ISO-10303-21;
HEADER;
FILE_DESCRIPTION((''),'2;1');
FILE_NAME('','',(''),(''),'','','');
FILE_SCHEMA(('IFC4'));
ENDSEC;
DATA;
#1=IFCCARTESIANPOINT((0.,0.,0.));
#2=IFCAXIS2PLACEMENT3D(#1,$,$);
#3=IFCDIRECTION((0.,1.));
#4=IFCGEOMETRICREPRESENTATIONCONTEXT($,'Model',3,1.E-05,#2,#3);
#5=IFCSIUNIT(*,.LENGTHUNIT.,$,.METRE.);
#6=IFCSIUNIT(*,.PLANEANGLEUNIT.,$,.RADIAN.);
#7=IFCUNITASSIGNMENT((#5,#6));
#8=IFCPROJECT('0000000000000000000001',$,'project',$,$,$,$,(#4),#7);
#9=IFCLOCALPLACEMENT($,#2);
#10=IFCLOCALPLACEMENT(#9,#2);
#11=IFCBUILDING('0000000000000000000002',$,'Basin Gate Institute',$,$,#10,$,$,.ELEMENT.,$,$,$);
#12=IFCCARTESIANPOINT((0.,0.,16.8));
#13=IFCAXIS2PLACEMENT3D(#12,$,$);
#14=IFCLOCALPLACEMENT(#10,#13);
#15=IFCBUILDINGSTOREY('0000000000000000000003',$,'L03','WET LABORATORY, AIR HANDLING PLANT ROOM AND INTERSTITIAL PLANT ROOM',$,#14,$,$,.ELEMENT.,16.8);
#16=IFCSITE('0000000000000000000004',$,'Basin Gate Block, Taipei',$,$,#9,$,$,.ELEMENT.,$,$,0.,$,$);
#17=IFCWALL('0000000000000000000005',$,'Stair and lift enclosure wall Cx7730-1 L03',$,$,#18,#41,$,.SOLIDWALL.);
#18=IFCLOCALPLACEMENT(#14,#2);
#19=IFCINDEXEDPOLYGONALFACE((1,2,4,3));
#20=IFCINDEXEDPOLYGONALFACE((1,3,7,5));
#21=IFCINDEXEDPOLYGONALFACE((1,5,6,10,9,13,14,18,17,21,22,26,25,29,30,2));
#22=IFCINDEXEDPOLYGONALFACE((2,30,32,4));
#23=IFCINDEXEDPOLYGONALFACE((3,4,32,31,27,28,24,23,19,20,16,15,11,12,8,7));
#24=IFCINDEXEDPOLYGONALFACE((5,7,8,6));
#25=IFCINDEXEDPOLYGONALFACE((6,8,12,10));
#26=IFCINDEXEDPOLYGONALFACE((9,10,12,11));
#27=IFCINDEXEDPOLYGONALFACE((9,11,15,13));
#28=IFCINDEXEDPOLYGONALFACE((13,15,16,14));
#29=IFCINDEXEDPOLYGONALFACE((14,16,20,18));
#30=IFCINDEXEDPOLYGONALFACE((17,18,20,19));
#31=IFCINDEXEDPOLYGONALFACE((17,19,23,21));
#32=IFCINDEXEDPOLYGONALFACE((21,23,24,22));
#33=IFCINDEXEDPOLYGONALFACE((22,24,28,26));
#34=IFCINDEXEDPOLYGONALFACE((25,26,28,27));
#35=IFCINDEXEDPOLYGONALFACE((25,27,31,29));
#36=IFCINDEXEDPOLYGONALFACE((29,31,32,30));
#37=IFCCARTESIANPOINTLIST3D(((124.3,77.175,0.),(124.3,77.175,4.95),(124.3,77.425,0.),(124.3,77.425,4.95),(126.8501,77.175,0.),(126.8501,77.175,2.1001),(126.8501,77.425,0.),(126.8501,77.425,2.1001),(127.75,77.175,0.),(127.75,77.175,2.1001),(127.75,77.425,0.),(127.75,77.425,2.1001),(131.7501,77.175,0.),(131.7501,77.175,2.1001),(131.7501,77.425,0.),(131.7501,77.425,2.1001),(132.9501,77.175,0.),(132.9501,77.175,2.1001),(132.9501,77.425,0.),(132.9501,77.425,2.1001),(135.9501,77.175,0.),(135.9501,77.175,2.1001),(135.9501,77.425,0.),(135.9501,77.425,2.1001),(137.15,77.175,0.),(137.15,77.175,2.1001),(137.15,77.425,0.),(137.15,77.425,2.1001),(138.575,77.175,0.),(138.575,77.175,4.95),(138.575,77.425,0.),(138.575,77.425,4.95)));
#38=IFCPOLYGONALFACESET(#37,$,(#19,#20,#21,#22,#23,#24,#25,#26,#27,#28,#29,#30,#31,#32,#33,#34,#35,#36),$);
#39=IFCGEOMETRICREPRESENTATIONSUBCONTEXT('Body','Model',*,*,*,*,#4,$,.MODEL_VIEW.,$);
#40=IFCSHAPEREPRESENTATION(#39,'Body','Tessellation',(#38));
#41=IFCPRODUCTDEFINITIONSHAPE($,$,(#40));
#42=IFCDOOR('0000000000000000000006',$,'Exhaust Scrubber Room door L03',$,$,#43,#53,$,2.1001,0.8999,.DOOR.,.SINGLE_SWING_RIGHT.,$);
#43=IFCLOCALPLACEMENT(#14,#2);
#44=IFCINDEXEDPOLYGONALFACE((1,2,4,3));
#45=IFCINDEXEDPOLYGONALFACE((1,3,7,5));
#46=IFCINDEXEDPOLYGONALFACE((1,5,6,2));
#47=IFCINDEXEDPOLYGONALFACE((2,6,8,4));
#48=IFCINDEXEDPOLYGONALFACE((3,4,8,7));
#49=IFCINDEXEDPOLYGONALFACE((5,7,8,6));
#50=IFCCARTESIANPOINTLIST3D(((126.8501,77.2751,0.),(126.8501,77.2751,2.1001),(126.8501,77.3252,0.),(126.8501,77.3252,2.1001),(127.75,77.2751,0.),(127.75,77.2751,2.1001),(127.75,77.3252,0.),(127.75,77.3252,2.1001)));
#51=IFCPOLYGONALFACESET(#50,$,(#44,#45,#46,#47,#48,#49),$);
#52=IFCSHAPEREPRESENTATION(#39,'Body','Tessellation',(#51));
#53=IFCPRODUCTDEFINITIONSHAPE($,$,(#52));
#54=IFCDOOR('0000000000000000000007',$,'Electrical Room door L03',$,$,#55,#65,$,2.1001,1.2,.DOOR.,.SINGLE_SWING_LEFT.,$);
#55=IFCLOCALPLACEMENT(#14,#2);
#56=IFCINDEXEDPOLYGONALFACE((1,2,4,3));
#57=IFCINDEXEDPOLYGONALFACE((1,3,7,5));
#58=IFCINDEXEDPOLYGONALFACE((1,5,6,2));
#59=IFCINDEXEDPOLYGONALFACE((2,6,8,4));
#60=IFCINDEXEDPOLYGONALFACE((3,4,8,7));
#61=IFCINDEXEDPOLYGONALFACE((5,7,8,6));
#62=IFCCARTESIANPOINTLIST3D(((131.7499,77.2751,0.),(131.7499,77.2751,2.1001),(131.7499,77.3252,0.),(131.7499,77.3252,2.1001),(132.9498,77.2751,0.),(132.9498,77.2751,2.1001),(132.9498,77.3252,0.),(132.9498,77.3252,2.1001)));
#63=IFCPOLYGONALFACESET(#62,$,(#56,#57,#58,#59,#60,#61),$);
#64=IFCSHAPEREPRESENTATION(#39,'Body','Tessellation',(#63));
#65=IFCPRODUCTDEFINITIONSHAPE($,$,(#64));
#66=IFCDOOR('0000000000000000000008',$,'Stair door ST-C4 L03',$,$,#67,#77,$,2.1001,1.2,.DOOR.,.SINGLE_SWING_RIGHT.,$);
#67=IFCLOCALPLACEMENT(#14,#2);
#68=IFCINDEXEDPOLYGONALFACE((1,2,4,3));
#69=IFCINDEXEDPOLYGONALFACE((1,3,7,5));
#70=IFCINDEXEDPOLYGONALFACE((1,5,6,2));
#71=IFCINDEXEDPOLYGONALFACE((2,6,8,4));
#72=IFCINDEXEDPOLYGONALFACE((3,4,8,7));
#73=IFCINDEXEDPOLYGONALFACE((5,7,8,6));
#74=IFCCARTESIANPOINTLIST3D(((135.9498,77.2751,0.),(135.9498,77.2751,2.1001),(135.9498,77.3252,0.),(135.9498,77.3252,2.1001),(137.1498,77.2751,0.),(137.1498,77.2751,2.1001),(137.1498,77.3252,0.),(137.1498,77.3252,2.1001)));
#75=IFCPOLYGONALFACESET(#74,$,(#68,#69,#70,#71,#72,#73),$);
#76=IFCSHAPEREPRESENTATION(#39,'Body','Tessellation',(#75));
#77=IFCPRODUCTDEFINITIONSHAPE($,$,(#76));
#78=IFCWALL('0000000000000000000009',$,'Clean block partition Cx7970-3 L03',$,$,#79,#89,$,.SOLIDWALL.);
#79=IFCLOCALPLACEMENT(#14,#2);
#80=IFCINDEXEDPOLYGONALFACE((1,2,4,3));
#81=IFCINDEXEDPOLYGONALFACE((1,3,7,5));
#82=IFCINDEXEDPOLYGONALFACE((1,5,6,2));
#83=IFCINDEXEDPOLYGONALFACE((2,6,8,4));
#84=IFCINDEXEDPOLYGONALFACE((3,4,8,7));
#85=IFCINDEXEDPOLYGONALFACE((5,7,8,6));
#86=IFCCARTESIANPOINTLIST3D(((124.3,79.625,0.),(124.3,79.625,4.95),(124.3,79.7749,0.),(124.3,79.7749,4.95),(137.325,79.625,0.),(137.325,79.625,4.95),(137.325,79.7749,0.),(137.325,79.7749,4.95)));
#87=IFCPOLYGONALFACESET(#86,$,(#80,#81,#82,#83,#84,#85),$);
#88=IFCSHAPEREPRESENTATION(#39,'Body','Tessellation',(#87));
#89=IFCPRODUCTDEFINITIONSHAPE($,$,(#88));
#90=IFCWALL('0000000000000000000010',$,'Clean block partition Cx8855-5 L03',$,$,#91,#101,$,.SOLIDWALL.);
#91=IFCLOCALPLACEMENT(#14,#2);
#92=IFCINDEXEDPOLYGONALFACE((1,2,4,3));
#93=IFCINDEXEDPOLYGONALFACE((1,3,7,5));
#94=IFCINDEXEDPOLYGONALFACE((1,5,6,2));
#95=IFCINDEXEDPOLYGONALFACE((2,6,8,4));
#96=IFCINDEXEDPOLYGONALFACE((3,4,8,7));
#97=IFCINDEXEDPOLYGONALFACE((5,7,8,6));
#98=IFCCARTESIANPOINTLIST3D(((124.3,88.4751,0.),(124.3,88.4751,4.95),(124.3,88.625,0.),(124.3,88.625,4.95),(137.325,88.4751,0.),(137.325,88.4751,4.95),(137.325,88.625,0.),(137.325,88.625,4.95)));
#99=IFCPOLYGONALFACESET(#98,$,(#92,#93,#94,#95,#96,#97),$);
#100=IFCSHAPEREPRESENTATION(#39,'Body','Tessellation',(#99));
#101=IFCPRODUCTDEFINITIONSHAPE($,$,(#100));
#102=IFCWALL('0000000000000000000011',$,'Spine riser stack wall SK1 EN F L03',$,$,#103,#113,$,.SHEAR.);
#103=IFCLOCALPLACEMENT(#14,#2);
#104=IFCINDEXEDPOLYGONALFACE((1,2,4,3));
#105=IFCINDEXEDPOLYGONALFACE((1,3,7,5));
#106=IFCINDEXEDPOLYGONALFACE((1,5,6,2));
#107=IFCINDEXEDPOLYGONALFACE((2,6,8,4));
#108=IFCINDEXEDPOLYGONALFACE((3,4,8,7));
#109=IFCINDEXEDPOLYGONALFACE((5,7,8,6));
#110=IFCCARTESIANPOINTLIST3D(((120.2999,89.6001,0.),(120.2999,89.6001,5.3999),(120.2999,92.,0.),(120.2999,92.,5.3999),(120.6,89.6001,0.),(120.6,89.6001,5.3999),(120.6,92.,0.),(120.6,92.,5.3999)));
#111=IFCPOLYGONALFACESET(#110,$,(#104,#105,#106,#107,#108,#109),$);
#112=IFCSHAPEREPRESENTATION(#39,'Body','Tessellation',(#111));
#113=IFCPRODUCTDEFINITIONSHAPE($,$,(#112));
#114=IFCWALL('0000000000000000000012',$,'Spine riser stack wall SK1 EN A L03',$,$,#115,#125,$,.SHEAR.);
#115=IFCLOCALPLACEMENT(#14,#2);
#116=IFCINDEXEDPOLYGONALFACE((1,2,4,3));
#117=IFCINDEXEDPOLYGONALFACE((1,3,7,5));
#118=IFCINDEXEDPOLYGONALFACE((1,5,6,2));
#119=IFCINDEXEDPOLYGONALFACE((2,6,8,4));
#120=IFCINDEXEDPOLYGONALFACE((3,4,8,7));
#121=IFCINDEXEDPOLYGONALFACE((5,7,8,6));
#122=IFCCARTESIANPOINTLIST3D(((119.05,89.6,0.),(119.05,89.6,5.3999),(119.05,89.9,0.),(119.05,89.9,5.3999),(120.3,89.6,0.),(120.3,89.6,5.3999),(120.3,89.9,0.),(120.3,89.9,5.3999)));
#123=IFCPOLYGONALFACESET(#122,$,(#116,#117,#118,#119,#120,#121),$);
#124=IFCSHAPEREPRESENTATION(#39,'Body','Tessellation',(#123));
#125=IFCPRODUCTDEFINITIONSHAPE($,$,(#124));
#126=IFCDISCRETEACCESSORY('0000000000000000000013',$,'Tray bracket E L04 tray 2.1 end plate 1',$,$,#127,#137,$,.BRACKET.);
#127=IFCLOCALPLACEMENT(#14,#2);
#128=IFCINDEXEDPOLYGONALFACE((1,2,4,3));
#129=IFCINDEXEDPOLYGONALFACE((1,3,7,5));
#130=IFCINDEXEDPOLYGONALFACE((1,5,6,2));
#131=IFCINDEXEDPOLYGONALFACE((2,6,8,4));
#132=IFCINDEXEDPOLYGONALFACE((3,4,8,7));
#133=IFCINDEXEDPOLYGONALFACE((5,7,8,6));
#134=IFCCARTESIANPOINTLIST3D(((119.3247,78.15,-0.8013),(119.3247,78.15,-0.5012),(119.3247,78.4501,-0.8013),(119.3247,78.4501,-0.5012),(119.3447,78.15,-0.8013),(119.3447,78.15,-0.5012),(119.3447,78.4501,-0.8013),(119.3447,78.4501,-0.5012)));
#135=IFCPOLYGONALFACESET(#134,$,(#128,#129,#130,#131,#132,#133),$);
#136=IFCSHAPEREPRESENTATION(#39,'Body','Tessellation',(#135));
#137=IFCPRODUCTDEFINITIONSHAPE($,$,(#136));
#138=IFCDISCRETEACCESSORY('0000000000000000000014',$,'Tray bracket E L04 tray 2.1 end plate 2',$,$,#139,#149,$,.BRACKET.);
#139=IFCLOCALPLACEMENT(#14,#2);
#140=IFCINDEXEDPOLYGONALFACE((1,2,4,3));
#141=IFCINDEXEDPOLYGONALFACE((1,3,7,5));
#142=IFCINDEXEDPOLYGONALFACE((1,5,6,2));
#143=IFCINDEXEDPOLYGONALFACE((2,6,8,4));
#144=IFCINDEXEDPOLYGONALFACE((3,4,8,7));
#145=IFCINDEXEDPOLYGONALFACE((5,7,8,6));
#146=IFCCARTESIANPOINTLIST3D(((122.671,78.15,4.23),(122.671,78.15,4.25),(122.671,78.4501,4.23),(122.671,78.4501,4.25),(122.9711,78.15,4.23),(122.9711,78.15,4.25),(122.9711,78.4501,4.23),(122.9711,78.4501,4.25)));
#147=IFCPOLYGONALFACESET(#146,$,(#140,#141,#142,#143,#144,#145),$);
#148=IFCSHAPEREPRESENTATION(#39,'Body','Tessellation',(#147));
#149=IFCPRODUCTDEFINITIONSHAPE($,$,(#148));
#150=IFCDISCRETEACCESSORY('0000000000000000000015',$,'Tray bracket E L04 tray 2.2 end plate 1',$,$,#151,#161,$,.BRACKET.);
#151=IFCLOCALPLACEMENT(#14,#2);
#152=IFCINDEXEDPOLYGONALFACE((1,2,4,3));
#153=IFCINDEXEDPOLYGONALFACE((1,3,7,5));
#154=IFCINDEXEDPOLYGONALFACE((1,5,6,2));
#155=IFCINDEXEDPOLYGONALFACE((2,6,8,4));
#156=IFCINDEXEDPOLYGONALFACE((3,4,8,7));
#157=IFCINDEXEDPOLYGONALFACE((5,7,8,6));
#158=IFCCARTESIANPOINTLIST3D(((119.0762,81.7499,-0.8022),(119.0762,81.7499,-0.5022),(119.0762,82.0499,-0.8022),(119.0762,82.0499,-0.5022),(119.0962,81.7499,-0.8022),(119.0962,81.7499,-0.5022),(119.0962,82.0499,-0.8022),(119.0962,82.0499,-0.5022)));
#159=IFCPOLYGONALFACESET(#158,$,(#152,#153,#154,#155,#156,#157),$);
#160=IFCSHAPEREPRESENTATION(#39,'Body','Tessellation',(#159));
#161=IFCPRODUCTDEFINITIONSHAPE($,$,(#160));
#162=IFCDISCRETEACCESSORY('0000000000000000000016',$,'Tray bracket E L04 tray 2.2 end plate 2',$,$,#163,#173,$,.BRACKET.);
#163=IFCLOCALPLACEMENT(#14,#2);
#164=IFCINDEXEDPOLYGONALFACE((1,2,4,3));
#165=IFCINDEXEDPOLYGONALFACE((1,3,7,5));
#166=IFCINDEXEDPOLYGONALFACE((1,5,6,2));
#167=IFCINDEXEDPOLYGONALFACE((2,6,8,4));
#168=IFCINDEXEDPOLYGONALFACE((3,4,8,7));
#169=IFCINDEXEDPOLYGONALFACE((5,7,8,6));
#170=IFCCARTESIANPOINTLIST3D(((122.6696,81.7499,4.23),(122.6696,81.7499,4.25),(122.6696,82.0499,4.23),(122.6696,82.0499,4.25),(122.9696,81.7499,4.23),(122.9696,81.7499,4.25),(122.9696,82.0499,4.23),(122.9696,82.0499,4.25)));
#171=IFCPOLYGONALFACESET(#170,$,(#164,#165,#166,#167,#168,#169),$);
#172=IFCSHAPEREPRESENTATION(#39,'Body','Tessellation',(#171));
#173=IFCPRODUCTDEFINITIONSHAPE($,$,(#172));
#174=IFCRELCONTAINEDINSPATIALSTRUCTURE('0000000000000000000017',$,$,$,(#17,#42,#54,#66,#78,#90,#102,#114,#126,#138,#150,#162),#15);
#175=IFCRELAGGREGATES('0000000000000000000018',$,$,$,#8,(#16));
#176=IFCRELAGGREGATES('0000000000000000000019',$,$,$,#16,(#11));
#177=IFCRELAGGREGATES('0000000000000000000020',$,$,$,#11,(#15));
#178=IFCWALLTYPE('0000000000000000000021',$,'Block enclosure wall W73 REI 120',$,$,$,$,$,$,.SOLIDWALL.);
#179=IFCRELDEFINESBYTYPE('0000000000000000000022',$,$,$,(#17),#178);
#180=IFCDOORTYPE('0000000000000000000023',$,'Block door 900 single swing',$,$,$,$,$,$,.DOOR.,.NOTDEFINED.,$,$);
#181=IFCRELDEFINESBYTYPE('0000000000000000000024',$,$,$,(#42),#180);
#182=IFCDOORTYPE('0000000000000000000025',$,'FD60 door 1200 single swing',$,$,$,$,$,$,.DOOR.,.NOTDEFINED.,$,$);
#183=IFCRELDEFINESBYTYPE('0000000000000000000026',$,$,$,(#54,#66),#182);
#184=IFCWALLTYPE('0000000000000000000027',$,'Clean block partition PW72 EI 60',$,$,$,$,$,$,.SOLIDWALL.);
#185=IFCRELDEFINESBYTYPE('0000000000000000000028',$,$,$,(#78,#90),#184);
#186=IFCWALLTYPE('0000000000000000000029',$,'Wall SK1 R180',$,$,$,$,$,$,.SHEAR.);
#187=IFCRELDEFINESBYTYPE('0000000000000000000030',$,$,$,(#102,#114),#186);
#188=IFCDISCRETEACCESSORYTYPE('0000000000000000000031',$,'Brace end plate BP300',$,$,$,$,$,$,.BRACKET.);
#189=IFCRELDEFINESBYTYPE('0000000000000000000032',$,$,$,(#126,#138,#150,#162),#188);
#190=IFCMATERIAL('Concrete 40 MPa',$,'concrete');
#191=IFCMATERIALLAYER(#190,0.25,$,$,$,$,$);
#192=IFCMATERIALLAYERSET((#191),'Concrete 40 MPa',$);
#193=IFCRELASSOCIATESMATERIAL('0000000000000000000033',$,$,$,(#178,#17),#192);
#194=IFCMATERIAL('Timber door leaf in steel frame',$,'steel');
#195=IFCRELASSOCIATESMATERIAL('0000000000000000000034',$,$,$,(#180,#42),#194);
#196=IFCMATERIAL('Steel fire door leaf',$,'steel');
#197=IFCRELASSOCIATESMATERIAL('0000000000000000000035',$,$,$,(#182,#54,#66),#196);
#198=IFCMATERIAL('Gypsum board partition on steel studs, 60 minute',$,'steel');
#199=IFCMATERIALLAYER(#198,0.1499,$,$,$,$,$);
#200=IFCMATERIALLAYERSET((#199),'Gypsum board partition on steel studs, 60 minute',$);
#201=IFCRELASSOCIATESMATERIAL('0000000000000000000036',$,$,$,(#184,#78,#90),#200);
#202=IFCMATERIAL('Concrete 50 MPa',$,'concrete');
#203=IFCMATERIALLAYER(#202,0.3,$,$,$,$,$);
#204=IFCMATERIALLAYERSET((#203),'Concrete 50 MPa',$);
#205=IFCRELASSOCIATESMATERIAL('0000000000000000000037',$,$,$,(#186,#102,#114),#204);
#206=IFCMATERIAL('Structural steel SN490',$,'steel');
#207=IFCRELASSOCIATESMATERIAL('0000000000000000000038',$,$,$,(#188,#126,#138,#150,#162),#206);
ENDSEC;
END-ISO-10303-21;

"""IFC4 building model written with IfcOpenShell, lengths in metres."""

from ifc_helpers import new_model, si_unit, direction, frame, frame_2d, origin, origin_2d, place, context, subcontext, project, spatial, rectangle, extrude, material, layer, layer_set, type_object, element, fill, save


model = new_model("IFC4")

# Units and contexts
model_context = context("Model", 3, precision=1e-05, world=origin(), true_north=direction((0.0, 1.0)))
body_context = subcontext(model_context, "Body", "Model", "MODEL_VIEW")
ifc_project = project(units=[si_unit("LENGTHUNIT", "METRE"), si_unit("PLANEANGLEUNIT", "RADIAN")], contexts=[model_context])

# Site, building, storey
site_placement = place(None, origin())
site = spatial("IfcSite", under=ifc_project, at=site_placement, Name="Basin Gate Block, Taipei", CompositionType="ELEMENT", RefElevation=0.0)
building_placement = place(site_placement, origin())
building = spatial("IfcBuilding", under=site, at=building_placement, Name="Basin Gate Institute", CompositionType="ELEMENT")
storey_placement = place(building_placement, frame((0.0, 0.0, 16.8)))
storey = spatial("IfcBuildingStorey", under=building, at=storey_placement, Name="L03", Description="WET LABORATORY, AIR HANDLING PLANT ROOM AND INTERSTITIAL PLANT ROOM", CompositionType="ELEMENT", Elevation=16.8)

# Wall, openings, doors
ifc_material_1 = material(Name="Concrete 40 MPa", Category="concrete")
ifc_layer_1 = layer(ifc_material_1, 0.25)
ifc_layer_set_1 = layer_set([ifc_layer_1], Name="Concrete 40 MPa")
wall_type_1 = type_object("IfcWallType", Name="Block enclosure wall W73 REI 120", PredefinedType="SOLIDWALL", material=ifc_layer_set_1)
wall_1_placement = place(storey_placement, frame((124.3, 77.3, 0.0), z_axis=(0.0, 0.0, 1.0), x_axis=(1.0, 0.0, 0.0)))
wall_1 = element("IfcWall", 1, at=wall_1_placement, inside=storey, type_object=wall_type_1, material=ifc_layer_set_1, Name="Stair and lift enclosure wall Cx7730-1 L03", PredefinedType="SOLIDWALL", context=body_context, shape_type="SweptSolid", body=[
    extrude(rectangle(XDim=14.2749, YDim=0.25, at=frame_2d((7.1375, 0.0))), origin(), (0.0, 0.0, 1.0), 4.95),
])
opening_1_placement = place(wall_1_placement, frame((2.55, 0.0, 0.0)))
opening_1 = element("IfcOpeningElement", 2, at=opening_1_placement, cuts=wall_1, PredefinedType="OPENING", context=body_context, shape_type="SweptSolid", body=[
    extrude(rectangle(XDim=0.8999, YDim=2.1001, at=frame_2d((0.45, 1.05))), frame((0.0, 0.135, 0.0), z_axis=(0.0, -1.0, 0.0), x_axis=(1.0, 0.0, 0.0)), (0.0, 0.0, 1.0), 0.27),
])
opening_2_placement = place(wall_1_placement, frame((7.45, 0.0, 0.0)))
opening_2 = element("IfcOpeningElement", 3, at=opening_2_placement, cuts=wall_1, PredefinedType="OPENING", context=body_context, shape_type="SweptSolid", body=[
    extrude(rectangle(XDim=1.2, YDim=2.1001, at=frame_2d((0.6001, 1.05))), frame((0.0, 0.135, 0.0), z_axis=(0.0, -1.0, 0.0), x_axis=(1.0, 0.0, 0.0)), (0.0, 0.0, 1.0), 0.27),
])
opening_3_placement = place(wall_1_placement, frame((11.6499, 0.0, 0.0)))
opening_3 = element("IfcOpeningElement", 4, at=opening_3_placement, cuts=wall_1, PredefinedType="OPENING", context=body_context, shape_type="SweptSolid", body=[
    extrude(rectangle(XDim=1.2, YDim=2.1001, at=frame_2d((0.6001, 1.05))), frame((0.0, 0.135, 0.0), z_axis=(0.0, -1.0, 0.0), x_axis=(1.0, 0.0, 0.0)), (0.0, 0.0, 1.0), 0.27),
])
ifc_material_2 = material(Name="Timber door leaf in steel frame", Category="steel")
door_type_1 = type_object("IfcDoorType", Name="Block door 900 single swing", OperationType="NOTDEFINED", PredefinedType="DOOR", material=ifc_material_2)
door_1_placement = place(opening_1_placement, frame((0.8999, 0.0, 0.0), z_axis=(0.0, 0.0, 1.0), x_axis=(-1.0, 0.0, 0.0)))
door_1 = element("IfcDoor", 5, at=door_1_placement, inside=storey, type_object=door_type_1, material=ifc_material_2, Name="Exhaust Scrubber Room door L03", OperationType="SINGLE_SWING_RIGHT", OverallHeight=2.1001, OverallWidth=0.8999, PredefinedType="DOOR", context=body_context, shape_type="SweptSolid", body=[
    extrude(rectangle(XDim=0.8999, YDim=2.1001, at=frame_2d((0.45, 1.05))), frame((0.0, 0.0249, 0.0), z_axis=(0.0, -1.0, 0.0), x_axis=(1.0, 0.0, 0.0)), (0.0, 0.0, 1.0), 0.05),
])
fill(opening_1, door_1)
ifc_material_3 = material(Name="Steel fire door leaf", Category="steel")
door_type_2 = type_object("IfcDoorType", Name="FD60 door 1200 single swing", OperationType="NOTDEFINED", PredefinedType="DOOR", material=ifc_material_3)
door_2_placement = place(opening_2_placement, frame((1.2, 0.0, 0.0), z_axis=(0.0, 0.0, 1.0), x_axis=(-1.0, 0.0, 0.0)))
door_2 = element("IfcDoor", 6, at=door_2_placement, inside=storey, type_object=door_type_2, material=ifc_material_3, Name="Electrical Room door L03", OperationType="SINGLE_SWING_LEFT", OverallHeight=2.1001, OverallWidth=1.2, PredefinedType="DOOR", context=body_context, shape_type="SweptSolid", body=[
    extrude(rectangle(XDim=1.2, YDim=2.1001, at=frame_2d((0.6001, 1.05))), frame((0.0, 0.0249, 0.0), z_axis=(0.0, -1.0, 0.0), x_axis=(1.0, 0.0, 0.0)), (0.0, 0.0, 1.0), 0.05),
])
fill(opening_2, door_2)
door_3_placement = place(opening_3_placement, frame((1.2, 0.0, 0.0), z_axis=(0.0, 0.0, 1.0), x_axis=(-1.0, 0.0, 0.0)))
door_3 = element("IfcDoor", 7, at=door_3_placement, inside=storey, type_object=door_type_2, material=ifc_material_3, Name="Stair door ST-C4 L03", OperationType="SINGLE_SWING_RIGHT", OverallHeight=2.1001, OverallWidth=1.2, PredefinedType="DOOR", context=body_context, shape_type="SweptSolid", body=[
    extrude(rectangle(XDim=1.2, YDim=2.1001, at=frame_2d((0.6001, 1.05))), frame((0.0, 0.0249, 0.0), z_axis=(0.0, -1.0, 0.0), x_axis=(1.0, 0.0, 0.0)), (0.0, 0.0, 1.0), 0.05),
])
fill(opening_3, door_3)

# Walls
ifc_material_4 = material(Name="Gypsum board partition on steel studs, 60 minute", Category="steel")
ifc_layer_2 = layer(ifc_material_4, 0.1499)
ifc_layer_set_2 = layer_set([ifc_layer_2], Name="Gypsum board partition on steel studs, 60 minute")
wall_type_2 = type_object("IfcWallType", Name="Clean block partition PW72 EI 60", PredefinedType="SOLIDWALL", material=ifc_layer_set_2)
for number, where, z_axis, x_axis, name in (
    (8, (124.3, 79.7, 0.0), (0.0, 0.0, 1.0), (1.0, 0.0, 0.0), "Clean block partition Cx7970-3 L03"),
    (9, (124.3, 88.55, 0.0), (0.0, 0.0, 1.0), (1.0, 0.0, 0.0), "Clean block partition Cx8855-5 L03"),
):
    element("IfcWall", number, at=place(storey_placement, frame(where, z_axis=z_axis, x_axis=x_axis)), inside=storey, type_object=wall_type_2, material=ifc_layer_set_2, Name=name, PredefinedType="SOLIDWALL", context=body_context, shape_type="SweptSolid", body=[
        extrude(rectangle(XDim=13.0249, YDim=0.1499, at=frame_2d((6.5125, 0.0))), origin(), (0.0, 0.0, 1.0), 4.95),
    ])
ifc_material_5 = material(Name="Concrete 50 MPa", Category="concrete")
ifc_layer_3 = layer(ifc_material_5, 0.3)
ifc_layer_set_3 = layer_set([ifc_layer_3], Name="Concrete 50 MPa")
wall_type_3 = type_object("IfcWallType", Name="Wall SK1 R180", PredefinedType="SHEAR", material=ifc_layer_set_3)
wall_2_placement = place(storey_placement, frame((120.45, 89.6001, 0.0), z_axis=(0.0, 0.0, 1.0), x_axis=(0.0, 1.0, 0.0)))
element("IfcWall", 10, at=wall_2_placement, inside=storey, type_object=wall_type_3, material=ifc_layer_set_3, Name="Spine riser stack wall SK1 EN F L03", PredefinedType="SHEAR", context=body_context, shape_type="SweptSolid", body=[
    extrude(rectangle(XDim=2.3999, YDim=0.3, at=frame_2d((1.2, 0.0))), origin(), (0.0, 0.0, 1.0), 5.3999),
])
wall_3_placement = place(storey_placement, frame((119.05, 89.75, 0.0), z_axis=(0.0, 0.0, 1.0), x_axis=(1.0, 0.0, 0.0)))
element("IfcWall", 11, at=wall_3_placement, inside=storey, type_object=wall_type_3, material=ifc_layer_set_3, Name="Spine riser stack wall SK1 EN A L03", PredefinedType="SHEAR", context=body_context, shape_type="SweptSolid", body=[
    extrude(rectangle(XDim=1.25, YDim=0.3, at=frame_2d((0.625, 0.0))), origin(), (0.0, 0.0, 1.0), 5.3999),
])

# Discrete accessories
ifc_material_6 = material(Name="Structural steel SN490", Category="steel")
discrete_accessory_type = type_object("IfcDiscreteAccessoryType", Name="Brace end plate BP300", PredefinedType="BRACKET", material=ifc_material_6)
discrete_accessory_1_placement = place(storey_placement, frame((119.3347, 78.3, -0.8013), z_axis=(0.0, 0.0, 1.0), x_axis=(1.0, 0.0, 0.0)))
element("IfcDiscreteAccessory", 12, at=discrete_accessory_1_placement, inside=storey, type_object=discrete_accessory_type, material=ifc_material_6, Name="Tray bracket E L04 tray 2.1 end plate 1", PredefinedType="BRACKET", context=body_context, shape_type="SweptSolid", body=[
    extrude(rectangle(XDim=0.02, YDim=0.3, at=origin_2d()), origin(), (0.0, 0.0, 1.0), 0.3),
])
discrete_accessory_2_placement = place(storey_placement, frame((122.821, 78.3, 4.23), z_axis=(0.0, 0.0, 1.0), x_axis=(1.0, 0.0, 0.0)))
element("IfcDiscreteAccessory", 13, at=discrete_accessory_2_placement, inside=storey, type_object=discrete_accessory_type, material=ifc_material_6, Name="Tray bracket E L04 tray 2.1 end plate 2", PredefinedType="BRACKET", context=body_context, shape_type="SweptSolid", body=[
    extrude(rectangle(XDim=0.3, YDim=0.3, at=origin_2d()), origin(), (0.0, 0.0, 1.0), 0.02),
])
discrete_accessory_3_placement = place(storey_placement, frame((119.0862, 81.8999, -0.8022), z_axis=(0.0, 0.0, 1.0), x_axis=(1.0, 0.0, 0.0)))
element("IfcDiscreteAccessory", 14, at=discrete_accessory_3_placement, inside=storey, type_object=discrete_accessory_type, material=ifc_material_6, Name="Tray bracket E L04 tray 2.2 end plate 1", PredefinedType="BRACKET", context=body_context, shape_type="SweptSolid", body=[
    extrude(rectangle(XDim=0.02, YDim=0.3, at=origin_2d()), origin(), (0.0, 0.0, 1.0), 0.3),
])
discrete_accessory_4_placement = place(storey_placement, frame((122.8196, 81.8999, 4.23), z_axis=(0.0, 0.0, 1.0), x_axis=(1.0, 0.0, 0.0)))
element("IfcDiscreteAccessory", 15, at=discrete_accessory_4_placement, inside=storey, type_object=discrete_accessory_type, material=ifc_material_6, Name="Tray bracket E L04 tray 2.2 end plate 2", PredefinedType="BRACKET", context=body_context, shape_type="SweptSolid", body=[
    extrude(rectangle(XDim=0.3, YDim=0.3, at=origin_2d()), origin(), (0.0, 0.0, 1.0), 0.02),
])

save(model, "model.ifc")
